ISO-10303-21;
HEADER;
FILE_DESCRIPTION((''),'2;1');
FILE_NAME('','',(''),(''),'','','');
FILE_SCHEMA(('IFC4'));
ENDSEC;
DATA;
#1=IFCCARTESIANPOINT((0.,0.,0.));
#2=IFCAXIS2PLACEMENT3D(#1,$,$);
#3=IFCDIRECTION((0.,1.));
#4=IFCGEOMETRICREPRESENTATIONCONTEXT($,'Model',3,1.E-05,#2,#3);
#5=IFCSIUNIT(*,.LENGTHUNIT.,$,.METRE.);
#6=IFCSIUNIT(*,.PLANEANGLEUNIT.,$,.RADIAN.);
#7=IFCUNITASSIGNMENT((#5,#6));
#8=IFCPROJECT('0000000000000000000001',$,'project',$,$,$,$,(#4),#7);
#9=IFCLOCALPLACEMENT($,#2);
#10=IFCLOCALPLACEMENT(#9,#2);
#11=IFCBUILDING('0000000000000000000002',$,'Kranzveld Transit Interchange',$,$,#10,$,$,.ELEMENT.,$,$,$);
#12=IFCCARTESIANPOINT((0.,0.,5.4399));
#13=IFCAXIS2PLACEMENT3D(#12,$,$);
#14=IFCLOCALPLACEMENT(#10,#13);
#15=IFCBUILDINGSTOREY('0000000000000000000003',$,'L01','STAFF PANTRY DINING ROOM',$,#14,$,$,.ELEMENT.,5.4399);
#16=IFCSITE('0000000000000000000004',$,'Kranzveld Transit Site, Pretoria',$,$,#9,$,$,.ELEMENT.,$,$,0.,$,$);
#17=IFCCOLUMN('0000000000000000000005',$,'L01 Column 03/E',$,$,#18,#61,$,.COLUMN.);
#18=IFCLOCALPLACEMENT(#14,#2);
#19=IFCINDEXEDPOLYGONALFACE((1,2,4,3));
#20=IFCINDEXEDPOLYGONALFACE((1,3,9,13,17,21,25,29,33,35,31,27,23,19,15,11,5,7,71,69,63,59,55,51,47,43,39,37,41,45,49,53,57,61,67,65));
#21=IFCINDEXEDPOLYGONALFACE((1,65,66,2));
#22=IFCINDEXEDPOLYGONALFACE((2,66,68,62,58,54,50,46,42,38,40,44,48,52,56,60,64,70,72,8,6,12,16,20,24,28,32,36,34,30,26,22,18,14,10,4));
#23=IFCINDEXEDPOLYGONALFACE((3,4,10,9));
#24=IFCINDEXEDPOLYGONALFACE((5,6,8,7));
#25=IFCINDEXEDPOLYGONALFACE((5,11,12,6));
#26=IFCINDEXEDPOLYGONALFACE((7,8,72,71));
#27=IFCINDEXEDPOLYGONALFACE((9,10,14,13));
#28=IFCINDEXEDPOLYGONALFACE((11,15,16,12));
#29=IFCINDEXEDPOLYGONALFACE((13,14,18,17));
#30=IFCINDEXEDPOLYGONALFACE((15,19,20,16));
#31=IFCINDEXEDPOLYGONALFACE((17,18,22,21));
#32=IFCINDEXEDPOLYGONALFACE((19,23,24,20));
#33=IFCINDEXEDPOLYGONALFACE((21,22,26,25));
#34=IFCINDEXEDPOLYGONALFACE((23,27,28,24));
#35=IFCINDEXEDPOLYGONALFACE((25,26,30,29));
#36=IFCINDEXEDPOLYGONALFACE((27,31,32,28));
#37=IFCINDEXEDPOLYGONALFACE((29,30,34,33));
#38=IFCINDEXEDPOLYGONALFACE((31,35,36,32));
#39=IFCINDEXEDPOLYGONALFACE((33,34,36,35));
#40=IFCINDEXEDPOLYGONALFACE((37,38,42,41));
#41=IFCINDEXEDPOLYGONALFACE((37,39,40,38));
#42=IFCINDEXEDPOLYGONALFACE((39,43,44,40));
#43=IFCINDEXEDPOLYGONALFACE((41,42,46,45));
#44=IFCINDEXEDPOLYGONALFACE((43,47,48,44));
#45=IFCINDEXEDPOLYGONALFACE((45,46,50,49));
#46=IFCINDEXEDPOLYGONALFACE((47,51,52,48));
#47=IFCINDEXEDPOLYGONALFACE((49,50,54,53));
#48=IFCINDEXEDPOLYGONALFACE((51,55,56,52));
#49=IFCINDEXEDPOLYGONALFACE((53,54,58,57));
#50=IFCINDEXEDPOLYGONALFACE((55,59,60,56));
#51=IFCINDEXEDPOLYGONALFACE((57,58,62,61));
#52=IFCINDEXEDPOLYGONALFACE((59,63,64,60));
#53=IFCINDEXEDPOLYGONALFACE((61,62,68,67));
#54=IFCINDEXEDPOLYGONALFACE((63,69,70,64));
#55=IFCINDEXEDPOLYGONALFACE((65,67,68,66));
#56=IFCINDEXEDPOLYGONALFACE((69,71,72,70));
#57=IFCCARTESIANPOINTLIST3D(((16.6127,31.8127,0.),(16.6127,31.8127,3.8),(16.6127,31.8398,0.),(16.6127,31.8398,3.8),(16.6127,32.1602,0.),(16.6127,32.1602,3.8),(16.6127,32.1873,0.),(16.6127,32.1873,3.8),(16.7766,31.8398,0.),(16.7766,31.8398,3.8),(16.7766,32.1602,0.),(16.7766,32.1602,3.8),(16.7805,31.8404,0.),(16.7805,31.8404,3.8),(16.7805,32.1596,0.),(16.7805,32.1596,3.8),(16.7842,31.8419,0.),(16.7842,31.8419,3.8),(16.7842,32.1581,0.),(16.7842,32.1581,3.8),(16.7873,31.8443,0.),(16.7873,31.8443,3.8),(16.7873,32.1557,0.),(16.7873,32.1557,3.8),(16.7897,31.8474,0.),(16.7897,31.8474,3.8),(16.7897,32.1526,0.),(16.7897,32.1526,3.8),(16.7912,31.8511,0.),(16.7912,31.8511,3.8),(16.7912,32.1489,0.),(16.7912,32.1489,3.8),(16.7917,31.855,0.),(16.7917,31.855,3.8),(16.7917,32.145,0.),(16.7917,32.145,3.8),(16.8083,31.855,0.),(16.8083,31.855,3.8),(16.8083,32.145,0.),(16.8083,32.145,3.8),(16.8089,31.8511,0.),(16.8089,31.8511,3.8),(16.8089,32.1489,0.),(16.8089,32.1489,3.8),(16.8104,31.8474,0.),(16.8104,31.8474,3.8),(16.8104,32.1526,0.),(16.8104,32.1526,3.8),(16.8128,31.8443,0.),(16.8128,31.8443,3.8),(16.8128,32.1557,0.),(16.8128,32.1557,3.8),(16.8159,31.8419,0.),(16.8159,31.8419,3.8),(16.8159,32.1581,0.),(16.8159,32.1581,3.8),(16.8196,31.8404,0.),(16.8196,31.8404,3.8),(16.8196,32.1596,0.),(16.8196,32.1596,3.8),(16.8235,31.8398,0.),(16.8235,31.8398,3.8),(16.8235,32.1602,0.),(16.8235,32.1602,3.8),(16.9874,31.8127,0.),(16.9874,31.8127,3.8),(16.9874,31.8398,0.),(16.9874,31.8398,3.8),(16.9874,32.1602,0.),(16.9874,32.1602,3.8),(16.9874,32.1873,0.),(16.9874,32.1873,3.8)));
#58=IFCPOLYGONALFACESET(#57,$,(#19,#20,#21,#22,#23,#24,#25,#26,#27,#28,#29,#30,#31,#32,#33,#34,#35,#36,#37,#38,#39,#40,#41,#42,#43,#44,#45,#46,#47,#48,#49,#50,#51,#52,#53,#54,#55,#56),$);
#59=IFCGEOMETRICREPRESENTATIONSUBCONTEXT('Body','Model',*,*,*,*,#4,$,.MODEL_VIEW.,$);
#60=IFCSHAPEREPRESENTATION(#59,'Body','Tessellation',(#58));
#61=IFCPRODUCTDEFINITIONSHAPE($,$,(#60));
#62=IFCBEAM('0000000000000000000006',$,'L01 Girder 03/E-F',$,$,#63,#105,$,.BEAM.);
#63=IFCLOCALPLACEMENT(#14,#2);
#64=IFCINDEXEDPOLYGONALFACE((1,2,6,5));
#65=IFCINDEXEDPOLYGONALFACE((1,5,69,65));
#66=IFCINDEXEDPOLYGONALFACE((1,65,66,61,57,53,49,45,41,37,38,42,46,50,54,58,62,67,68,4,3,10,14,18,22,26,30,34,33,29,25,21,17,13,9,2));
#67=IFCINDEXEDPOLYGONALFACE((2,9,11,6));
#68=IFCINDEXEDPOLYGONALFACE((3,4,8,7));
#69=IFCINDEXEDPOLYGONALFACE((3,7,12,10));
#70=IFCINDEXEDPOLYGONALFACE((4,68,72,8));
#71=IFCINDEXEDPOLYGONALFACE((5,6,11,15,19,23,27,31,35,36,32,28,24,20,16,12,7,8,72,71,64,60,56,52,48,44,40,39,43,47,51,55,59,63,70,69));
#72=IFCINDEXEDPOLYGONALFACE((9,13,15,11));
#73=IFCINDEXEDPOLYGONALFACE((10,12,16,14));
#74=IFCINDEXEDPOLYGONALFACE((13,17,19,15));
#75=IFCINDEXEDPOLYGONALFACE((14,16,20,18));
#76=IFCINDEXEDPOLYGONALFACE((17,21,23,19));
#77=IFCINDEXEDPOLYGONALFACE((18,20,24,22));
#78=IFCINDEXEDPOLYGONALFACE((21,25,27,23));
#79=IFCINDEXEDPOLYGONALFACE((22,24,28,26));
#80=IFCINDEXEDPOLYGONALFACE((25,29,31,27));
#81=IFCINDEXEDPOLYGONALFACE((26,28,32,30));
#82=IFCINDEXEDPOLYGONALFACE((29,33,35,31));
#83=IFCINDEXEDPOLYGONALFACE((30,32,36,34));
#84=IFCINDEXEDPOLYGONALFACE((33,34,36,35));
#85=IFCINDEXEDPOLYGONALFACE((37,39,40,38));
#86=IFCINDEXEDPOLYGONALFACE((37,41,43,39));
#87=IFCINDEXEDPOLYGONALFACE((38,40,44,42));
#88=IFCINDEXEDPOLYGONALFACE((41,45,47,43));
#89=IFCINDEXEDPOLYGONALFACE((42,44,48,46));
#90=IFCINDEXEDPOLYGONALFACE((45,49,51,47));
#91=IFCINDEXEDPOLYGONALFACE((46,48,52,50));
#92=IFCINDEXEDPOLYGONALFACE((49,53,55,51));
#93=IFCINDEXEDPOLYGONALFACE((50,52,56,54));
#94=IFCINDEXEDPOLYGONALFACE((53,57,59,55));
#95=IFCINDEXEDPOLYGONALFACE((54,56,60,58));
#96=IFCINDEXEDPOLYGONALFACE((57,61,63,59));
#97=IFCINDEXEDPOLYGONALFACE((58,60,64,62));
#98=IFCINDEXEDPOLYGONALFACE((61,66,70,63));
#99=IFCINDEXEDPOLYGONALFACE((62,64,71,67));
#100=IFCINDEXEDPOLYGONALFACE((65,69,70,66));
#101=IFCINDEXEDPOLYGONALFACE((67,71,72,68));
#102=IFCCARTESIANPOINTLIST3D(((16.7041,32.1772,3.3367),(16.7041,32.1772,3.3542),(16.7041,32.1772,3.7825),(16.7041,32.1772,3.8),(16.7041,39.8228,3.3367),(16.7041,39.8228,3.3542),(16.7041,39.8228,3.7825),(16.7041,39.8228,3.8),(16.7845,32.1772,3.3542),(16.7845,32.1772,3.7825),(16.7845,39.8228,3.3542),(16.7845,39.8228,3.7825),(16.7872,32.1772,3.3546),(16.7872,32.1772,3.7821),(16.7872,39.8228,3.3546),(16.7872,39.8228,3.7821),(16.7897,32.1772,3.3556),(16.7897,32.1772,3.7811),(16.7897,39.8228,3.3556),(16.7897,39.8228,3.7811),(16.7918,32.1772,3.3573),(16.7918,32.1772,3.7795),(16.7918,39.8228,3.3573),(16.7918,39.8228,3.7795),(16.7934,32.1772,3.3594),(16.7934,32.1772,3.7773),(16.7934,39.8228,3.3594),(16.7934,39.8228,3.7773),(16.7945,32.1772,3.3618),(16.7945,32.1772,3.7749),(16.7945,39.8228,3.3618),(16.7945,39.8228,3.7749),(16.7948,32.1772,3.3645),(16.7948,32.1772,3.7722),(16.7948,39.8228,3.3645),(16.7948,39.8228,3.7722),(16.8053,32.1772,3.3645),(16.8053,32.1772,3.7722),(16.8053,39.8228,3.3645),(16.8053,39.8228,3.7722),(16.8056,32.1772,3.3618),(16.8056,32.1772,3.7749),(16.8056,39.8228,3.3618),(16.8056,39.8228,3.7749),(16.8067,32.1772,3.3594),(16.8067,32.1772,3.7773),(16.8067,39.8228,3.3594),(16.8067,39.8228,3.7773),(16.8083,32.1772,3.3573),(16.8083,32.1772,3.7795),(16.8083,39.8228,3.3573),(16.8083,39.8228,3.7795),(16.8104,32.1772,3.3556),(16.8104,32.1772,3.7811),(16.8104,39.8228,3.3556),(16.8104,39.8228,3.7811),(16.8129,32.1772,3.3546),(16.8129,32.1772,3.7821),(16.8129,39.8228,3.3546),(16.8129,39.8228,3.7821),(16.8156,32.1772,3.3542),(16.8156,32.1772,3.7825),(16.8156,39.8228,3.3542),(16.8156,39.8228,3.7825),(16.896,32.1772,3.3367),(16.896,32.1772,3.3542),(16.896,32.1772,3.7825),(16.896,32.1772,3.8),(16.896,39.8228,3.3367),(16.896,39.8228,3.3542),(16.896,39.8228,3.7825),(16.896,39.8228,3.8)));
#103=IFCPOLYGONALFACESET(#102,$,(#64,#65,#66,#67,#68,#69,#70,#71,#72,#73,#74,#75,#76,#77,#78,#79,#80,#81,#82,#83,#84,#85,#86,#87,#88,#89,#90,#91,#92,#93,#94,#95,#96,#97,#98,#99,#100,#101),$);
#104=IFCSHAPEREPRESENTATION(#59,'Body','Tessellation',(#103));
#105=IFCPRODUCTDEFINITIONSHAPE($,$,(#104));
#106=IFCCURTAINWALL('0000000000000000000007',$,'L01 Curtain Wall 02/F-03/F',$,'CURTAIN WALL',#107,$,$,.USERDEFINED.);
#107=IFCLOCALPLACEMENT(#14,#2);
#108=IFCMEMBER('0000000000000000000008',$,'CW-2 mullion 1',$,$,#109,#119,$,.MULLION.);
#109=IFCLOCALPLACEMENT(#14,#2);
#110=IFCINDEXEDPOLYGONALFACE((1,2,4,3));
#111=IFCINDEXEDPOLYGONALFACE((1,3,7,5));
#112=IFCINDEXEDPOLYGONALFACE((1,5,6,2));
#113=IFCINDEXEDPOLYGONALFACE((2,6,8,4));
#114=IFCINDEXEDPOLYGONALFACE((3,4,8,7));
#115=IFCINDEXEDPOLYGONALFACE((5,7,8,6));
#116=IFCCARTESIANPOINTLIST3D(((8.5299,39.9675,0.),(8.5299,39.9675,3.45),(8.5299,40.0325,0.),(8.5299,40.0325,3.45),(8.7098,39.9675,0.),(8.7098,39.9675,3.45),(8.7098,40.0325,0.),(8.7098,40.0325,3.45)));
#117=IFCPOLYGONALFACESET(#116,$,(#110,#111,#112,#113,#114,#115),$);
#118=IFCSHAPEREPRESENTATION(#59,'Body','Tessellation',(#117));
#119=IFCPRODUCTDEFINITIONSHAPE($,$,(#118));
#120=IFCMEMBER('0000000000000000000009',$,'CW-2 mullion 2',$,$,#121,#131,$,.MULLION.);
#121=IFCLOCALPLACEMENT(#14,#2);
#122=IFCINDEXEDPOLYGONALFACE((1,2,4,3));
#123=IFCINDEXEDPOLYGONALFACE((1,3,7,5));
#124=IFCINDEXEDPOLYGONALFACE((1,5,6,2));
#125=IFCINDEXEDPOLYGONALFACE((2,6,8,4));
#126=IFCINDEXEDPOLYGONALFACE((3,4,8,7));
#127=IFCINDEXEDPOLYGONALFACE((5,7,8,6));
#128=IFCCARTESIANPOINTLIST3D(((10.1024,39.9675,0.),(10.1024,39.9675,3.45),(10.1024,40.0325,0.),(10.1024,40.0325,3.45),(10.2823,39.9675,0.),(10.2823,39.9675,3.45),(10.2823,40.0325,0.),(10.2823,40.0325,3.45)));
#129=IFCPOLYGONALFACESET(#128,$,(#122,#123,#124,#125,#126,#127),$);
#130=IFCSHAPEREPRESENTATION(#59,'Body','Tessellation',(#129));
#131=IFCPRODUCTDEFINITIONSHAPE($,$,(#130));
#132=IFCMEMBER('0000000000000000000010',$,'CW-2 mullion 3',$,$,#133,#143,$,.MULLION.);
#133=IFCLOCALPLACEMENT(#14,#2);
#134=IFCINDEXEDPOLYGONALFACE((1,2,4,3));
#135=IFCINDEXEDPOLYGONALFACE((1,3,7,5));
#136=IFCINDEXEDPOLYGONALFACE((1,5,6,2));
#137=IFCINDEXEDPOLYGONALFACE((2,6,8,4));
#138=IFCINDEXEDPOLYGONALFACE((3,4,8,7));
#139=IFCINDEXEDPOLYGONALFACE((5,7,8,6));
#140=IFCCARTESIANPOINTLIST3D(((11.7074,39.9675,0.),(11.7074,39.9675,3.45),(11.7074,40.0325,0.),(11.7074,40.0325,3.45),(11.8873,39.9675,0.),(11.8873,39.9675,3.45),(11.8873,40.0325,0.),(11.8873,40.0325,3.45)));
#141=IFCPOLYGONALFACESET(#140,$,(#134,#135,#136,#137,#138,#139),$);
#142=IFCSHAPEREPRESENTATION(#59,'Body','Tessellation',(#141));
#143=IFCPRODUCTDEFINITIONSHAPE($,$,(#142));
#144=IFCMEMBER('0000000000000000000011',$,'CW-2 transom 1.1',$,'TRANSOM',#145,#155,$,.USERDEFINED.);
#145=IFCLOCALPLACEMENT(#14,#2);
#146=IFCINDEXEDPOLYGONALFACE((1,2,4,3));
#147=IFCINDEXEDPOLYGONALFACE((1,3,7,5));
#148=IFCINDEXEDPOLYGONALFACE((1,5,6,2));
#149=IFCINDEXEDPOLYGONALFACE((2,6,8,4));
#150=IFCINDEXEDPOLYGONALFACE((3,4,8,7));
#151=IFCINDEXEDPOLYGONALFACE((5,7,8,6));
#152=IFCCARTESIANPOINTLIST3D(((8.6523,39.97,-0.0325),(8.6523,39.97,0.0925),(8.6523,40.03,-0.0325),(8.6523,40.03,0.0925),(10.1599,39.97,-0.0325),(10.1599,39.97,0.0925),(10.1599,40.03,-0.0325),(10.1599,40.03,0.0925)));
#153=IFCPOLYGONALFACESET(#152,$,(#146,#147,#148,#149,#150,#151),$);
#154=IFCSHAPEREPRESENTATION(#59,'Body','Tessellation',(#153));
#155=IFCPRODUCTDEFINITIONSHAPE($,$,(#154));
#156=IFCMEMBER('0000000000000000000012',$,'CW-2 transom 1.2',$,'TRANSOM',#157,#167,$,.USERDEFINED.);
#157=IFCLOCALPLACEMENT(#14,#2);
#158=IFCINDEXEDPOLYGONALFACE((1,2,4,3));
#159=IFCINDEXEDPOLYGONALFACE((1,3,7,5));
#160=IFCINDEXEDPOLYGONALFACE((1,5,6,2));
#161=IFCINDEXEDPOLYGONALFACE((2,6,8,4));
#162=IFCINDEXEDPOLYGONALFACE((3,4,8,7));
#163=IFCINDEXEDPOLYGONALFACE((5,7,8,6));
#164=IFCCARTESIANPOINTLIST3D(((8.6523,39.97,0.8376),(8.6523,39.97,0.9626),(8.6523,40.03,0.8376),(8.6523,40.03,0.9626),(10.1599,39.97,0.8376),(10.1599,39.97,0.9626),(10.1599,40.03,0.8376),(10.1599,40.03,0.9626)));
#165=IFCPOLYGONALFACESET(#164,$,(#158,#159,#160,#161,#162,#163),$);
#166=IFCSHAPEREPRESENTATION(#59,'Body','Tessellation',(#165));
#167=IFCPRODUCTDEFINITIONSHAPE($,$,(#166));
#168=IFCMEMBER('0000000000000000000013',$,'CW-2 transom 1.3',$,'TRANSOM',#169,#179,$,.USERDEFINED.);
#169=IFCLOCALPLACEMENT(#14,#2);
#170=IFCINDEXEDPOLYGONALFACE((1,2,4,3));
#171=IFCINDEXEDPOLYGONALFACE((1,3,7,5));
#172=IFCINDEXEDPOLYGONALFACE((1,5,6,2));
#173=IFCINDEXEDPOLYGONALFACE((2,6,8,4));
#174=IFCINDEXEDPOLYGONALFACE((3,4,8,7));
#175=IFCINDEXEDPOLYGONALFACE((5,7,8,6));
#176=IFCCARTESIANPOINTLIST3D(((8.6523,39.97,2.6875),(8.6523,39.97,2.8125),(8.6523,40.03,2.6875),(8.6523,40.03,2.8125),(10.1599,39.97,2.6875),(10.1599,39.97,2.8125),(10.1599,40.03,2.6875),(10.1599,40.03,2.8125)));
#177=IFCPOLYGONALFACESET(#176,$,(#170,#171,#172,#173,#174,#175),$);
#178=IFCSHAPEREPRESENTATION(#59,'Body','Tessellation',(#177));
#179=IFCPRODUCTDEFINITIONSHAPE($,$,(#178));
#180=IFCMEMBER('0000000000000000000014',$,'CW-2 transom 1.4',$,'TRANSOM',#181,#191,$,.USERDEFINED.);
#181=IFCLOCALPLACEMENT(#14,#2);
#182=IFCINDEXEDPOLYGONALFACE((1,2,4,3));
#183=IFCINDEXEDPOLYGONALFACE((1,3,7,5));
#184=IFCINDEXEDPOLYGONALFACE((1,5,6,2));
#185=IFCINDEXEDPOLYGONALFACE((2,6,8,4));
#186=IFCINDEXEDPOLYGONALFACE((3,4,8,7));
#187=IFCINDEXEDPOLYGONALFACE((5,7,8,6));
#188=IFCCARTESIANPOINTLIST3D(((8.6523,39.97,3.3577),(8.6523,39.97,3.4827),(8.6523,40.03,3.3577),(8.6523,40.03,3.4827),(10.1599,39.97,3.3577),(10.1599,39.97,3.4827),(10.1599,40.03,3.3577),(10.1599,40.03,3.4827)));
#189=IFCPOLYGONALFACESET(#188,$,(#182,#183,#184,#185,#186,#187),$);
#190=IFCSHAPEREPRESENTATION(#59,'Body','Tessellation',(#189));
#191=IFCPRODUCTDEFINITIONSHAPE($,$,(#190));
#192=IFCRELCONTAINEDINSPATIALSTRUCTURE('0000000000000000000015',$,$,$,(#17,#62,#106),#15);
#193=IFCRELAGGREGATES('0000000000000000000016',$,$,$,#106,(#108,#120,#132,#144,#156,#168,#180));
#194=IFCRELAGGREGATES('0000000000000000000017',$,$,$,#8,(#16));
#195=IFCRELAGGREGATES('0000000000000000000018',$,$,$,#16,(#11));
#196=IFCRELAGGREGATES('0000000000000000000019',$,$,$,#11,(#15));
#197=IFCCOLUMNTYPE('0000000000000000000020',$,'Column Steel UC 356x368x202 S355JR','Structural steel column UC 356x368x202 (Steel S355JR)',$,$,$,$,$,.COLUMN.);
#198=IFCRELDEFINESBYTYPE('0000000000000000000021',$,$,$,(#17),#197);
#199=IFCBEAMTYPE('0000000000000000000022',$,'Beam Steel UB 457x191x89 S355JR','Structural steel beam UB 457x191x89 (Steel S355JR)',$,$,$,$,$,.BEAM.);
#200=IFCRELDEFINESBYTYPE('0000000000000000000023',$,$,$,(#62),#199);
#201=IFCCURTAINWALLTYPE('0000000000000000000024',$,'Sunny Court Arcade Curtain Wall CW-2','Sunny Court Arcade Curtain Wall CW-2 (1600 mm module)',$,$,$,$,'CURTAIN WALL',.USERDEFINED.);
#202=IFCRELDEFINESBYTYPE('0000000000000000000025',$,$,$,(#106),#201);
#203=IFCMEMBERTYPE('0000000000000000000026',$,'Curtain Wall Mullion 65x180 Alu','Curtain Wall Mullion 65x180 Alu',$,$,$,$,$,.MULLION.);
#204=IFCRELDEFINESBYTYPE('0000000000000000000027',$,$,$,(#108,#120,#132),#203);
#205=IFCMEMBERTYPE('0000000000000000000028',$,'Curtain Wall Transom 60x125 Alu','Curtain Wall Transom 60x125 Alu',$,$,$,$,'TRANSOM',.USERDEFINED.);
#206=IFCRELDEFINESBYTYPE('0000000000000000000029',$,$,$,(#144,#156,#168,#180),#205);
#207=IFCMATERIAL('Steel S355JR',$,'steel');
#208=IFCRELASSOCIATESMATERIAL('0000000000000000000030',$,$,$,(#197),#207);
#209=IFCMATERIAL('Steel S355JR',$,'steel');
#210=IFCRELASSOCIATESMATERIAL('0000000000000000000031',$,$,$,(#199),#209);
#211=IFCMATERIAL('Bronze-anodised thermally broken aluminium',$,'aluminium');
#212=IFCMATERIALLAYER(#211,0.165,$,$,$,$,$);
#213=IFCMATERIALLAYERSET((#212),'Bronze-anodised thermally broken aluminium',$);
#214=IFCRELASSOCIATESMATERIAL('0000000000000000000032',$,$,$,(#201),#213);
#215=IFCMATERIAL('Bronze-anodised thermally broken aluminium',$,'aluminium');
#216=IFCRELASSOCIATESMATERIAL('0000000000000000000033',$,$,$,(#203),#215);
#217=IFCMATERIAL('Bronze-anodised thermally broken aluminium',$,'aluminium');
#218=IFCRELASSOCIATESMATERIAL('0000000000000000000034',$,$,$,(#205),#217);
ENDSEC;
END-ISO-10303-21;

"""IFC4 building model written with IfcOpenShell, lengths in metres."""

from ifc_helpers import new_model, si_unit, direction, frame, origin, origin_2d, place, context, subcontext, project, spatial, rectangle, i_section, extrude, material, layer, layer_set, material_profile, profile_set, type_object, element, aggregate, save


model = new_model("IFC4")

# Units and contexts
model_context = context("Model", 3, precision=1e-05, world=origin(), true_north=direction((0.0, 1.0)))
body_context = subcontext(model_context, "Body", "Model", "MODEL_VIEW")
ifc_project = project(units=[si_unit("LENGTHUNIT", "METRE"), si_unit("PLANEANGLEUNIT", "RADIAN")], contexts=[model_context])

# Site, building, storey
site_placement = place(None, origin())
site = spatial("IfcSite", under=ifc_project, at=site_placement, Name="Kranzveld Transit Site, Pretoria", CompositionType="ELEMENT", RefElevation=0.0)
building_placement = place(site_placement, origin())
building = spatial("IfcBuilding", under=site, at=building_placement, Name="Kranzveld Transit Interchange", CompositionType="ELEMENT")
storey_placement = place(building_placement, frame((0.0, 0.0, 5.4399)))
storey = spatial("IfcBuildingStorey", under=building, at=storey_placement, Name="L01", Description="STAFF PANTRY DINING ROOM", CompositionType="ELEMENT", Elevation=5.4399)

# Column
ifc_material_1 = material(Name="Steel S355JR", Category="steel")
ifc_material_profile_1 = material_profile(ifc_material_1, i_section(OverallWidth=0.3748, OverallDepth=0.3745, WebThickness=0.0166, FlangeThickness=0.0271, FilletRadius=0.0151, at=origin_2d()), Name="UC 356x368x202")
ifc_profile_set_1 = profile_set([ifc_material_profile_1], Name="Steel S355JR")
column_type = type_object("IfcColumnType", Name="Column Steel UC 356x368x202 S355JR", Description="Structural steel column UC 356x368x202 (Steel S355JR)", PredefinedType="COLUMN", material=ifc_profile_set_1)
column_placement = place(storey_placement, frame((16.8, 32.0, 0.0), z_axis=(0.0, 0.0, 1.0), x_axis=(1.0, 0.0, 0.0)))
element("IfcColumn", 1, at=column_placement, inside=storey, type_object=column_type, Name="L01 Column 03/E", PredefinedType="COLUMN", context=body_context, shape_type="SweptSolid", body=[
    extrude(i_section(OverallWidth=0.3748, OverallDepth=0.3745, WebThickness=0.0166, FlangeThickness=0.0271, FilletRadius=0.0151, at=origin_2d()), origin(), (0.0, 0.0, 1.0), 3.8),
])

# Beam
ifc_material_2 = material(Name="Steel S355JR", Category="steel")
ifc_material_profile_2 = material_profile(ifc_material_2, i_section(OverallWidth=0.1919, OverallDepth=0.4634, WebThickness=0.0105, FlangeThickness=0.0176, FilletRadius=0.0103, at=origin_2d()), Name="UB 457x191x89")
ifc_profile_set_2 = profile_set([ifc_material_profile_2], Name="Steel S355JR")
beam_type_1 = type_object("IfcBeamType", Name="Beam Steel UB 457x191x89 S355JR", Description="Structural steel beam UB 457x191x89 (Steel S355JR)", PredefinedType="BEAM", material=ifc_profile_set_2)
beam_placement = place(storey_placement, frame((16.8, 32.1772, 3.5684), z_axis=(0.0, 1.0, 0.0), x_axis=(-1.0, 0.0, 0.0)))
element("IfcBeam", 2, at=beam_placement, inside=storey, type_object=beam_type_1, Name="L01 Girder 03/E-F", PredefinedType="BEAM", context=body_context, shape_type="SweptSolid", body=[
    extrude(i_section(OverallWidth=0.1919, OverallDepth=0.4634, WebThickness=0.0105, FlangeThickness=0.0176, FilletRadius=0.0103, at=origin_2d()), origin(), (0.0, 0.0, 1.0), 7.6455),
])

# Curtain wall, members
ifc_material_3 = material(Name="Bronze-anodised thermally broken aluminium", Category="aluminium")
ifc_layer_1 = layer(ifc_material_3, 0.165)
ifc_layer_set_1 = layer_set([ifc_layer_1], Name="Bronze-anodised thermally broken aluminium")
curtain_wall_type = type_object("IfcCurtainWallType", Name="Sunny Court Arcade Curtain Wall CW-2", Description="Sunny Court Arcade Curtain Wall CW-2 (1600 mm module)", ElementType="CURTAIN WALL", PredefinedType="USERDEFINED", material=ifc_layer_set_1)
curtain_wall_placement = place(storey_placement, origin())
curtain_wall = element("IfcCurtainWall", 3, at=curtain_wall_placement, inside=storey, type_object=curtain_wall_type, Name="L01 Curtain Wall 02/F-03/F", ObjectType="CURTAIN WALL", PredefinedType="USERDEFINED")
ifc_material_4 = material(Name="Bronze-anodised thermally broken aluminium", Category="aluminium")
ifc_material_profile_3 = material_profile(ifc_material_4, rectangle(XDim=0.0649, YDim=0.1799, at=origin_2d()), Name="ALU MULLION 65x180")
ifc_profile_set_3 = profile_set([ifc_material_profile_3], Name="Bronze-anodised thermally broken aluminium")
member_type_1 = type_object("IfcMemberType", Name="Curtain Wall Mullion 65x180 Alu", Description="Curtain Wall Mullion 65x180 Alu", PredefinedType="MULLION", material=ifc_profile_set_3)
member_1_placement = place(storey_placement, frame((8.6199, 40.0, 0.0), z_axis=(0.0, 0.0, 1.0), x_axis=(0.0, 1.0, 0.0)))
member_1 = element("IfcMember", 4, at=member_1_placement, type_object=member_type_1, Name="CW-2 mullion 1", PredefinedType="MULLION", context=body_context, shape_type="SweptSolid", body=[
    extrude(rectangle(XDim=0.0649, YDim=0.1799, at=origin_2d()), origin(), (0.0, 0.0, 1.0), 3.45),
])
member_2_placement = place(storey_placement, frame((10.1924, 40.0, 0.0), z_axis=(0.0, 0.0, 1.0), x_axis=(0.0, 1.0, 0.0)))
member_2 = element("IfcMember", 5, at=member_2_placement, type_object=member_type_1, Name="CW-2 mullion 2", PredefinedType="MULLION", context=body_context, shape_type="SweptSolid", body=[
    extrude(rectangle(XDim=0.0649, YDim=0.1799, at=origin_2d()), origin(), (0.0, 0.0, 1.0), 3.45),
])
member_3_placement = place(storey_placement, frame((11.7974, 40.0, 0.0), z_axis=(0.0, 0.0, 1.0), x_axis=(0.0, 1.0, 0.0)))
member_3 = element("IfcMember", 6, at=member_3_placement, type_object=member_type_1, Name="CW-2 mullion 3", PredefinedType="MULLION", context=body_context, shape_type="SweptSolid", body=[
    extrude(rectangle(XDim=0.0649, YDim=0.1799, at=origin_2d()), origin(), (0.0, 0.0, 1.0), 3.45),
])
ifc_material_5 = material(Name="Bronze-anodised thermally broken aluminium", Category="aluminium")
ifc_material_profile_4 = material_profile(ifc_material_5, rectangle(XDim=0.0601, YDim=0.125, at=origin_2d()), Name="ALU TRANSOM 60x125")
ifc_profile_set_4 = profile_set([ifc_material_profile_4], Name="Bronze-anodised thermally broken aluminium")
member_type_2 = type_object("IfcMemberType", Name="Curtain Wall Transom 60x125 Alu", Description="Curtain Wall Transom 60x125 Alu", ElementType="TRANSOM", PredefinedType="USERDEFINED", material=ifc_profile_set_4)
member_4_placement = place(storey_placement, frame((8.6523, 40.0, 0.03), z_axis=(1.0, 0.0, 0.0), x_axis=(0.0, 1.0, 0.0)))
member_4 = element("IfcMember", 7, at=member_4_placement, type_object=member_type_2, Name="CW-2 transom 1.1", ObjectType="TRANSOM", PredefinedType="USERDEFINED", context=body_context, shape_type="SweptSolid", body=[
    extrude(rectangle(XDim=0.0601, YDim=0.125, at=origin_2d()), origin(), (0.0, 0.0, 1.0), 1.5076),
])
member_5_placement = place(storey_placement, frame((8.6523, 40.0, 0.9001), z_axis=(1.0, 0.0, 0.0), x_axis=(0.0, 1.0, 0.0)))
member_5 = element("IfcMember", 8, at=member_5_placement, type_object=member_type_2, Name="CW-2 transom 1.2", ObjectType="TRANSOM", PredefinedType="USERDEFINED", context=body_context, shape_type="SweptSolid", body=[
    extrude(rectangle(XDim=0.0601, YDim=0.125, at=origin_2d()), origin(), (0.0, 0.0, 1.0), 1.5076),
])
member_6_placement = place(storey_placement, frame((8.6523, 40.0, 2.75), z_axis=(1.0, 0.0, 0.0), x_axis=(0.0, 1.0, 0.0)))
member_6 = element("IfcMember", 9, at=member_6_placement, type_object=member_type_2, Name="CW-2 transom 1.3", ObjectType="TRANSOM", PredefinedType="USERDEFINED", context=body_context, shape_type="SweptSolid", body=[
    extrude(rectangle(XDim=0.0601, YDim=0.125, at=origin_2d()), origin(), (0.0, 0.0, 1.0), 1.5076),
])
member_7_placement = place(storey_placement, frame((8.6523, 40.0, 3.4202), z_axis=(1.0, 0.0, 0.0), x_axis=(0.0, 1.0, 0.0)))
member_7 = element("IfcMember", 10, at=member_7_placement, type_object=member_type_2, Name="CW-2 transom 1.4", ObjectType="TRANSOM", PredefinedType="USERDEFINED", context=body_context, shape_type="SweptSolid", body=[
    extrude(rectangle(XDim=0.0601, YDim=0.125, at=origin_2d()), origin(), (0.0, 0.0, 1.0), 1.5076),
])

aggregate(curtain_wall, [member_1, member_2, member_3, member_4, member_5, member_6, member_7])

save(model, "model.ifc")
